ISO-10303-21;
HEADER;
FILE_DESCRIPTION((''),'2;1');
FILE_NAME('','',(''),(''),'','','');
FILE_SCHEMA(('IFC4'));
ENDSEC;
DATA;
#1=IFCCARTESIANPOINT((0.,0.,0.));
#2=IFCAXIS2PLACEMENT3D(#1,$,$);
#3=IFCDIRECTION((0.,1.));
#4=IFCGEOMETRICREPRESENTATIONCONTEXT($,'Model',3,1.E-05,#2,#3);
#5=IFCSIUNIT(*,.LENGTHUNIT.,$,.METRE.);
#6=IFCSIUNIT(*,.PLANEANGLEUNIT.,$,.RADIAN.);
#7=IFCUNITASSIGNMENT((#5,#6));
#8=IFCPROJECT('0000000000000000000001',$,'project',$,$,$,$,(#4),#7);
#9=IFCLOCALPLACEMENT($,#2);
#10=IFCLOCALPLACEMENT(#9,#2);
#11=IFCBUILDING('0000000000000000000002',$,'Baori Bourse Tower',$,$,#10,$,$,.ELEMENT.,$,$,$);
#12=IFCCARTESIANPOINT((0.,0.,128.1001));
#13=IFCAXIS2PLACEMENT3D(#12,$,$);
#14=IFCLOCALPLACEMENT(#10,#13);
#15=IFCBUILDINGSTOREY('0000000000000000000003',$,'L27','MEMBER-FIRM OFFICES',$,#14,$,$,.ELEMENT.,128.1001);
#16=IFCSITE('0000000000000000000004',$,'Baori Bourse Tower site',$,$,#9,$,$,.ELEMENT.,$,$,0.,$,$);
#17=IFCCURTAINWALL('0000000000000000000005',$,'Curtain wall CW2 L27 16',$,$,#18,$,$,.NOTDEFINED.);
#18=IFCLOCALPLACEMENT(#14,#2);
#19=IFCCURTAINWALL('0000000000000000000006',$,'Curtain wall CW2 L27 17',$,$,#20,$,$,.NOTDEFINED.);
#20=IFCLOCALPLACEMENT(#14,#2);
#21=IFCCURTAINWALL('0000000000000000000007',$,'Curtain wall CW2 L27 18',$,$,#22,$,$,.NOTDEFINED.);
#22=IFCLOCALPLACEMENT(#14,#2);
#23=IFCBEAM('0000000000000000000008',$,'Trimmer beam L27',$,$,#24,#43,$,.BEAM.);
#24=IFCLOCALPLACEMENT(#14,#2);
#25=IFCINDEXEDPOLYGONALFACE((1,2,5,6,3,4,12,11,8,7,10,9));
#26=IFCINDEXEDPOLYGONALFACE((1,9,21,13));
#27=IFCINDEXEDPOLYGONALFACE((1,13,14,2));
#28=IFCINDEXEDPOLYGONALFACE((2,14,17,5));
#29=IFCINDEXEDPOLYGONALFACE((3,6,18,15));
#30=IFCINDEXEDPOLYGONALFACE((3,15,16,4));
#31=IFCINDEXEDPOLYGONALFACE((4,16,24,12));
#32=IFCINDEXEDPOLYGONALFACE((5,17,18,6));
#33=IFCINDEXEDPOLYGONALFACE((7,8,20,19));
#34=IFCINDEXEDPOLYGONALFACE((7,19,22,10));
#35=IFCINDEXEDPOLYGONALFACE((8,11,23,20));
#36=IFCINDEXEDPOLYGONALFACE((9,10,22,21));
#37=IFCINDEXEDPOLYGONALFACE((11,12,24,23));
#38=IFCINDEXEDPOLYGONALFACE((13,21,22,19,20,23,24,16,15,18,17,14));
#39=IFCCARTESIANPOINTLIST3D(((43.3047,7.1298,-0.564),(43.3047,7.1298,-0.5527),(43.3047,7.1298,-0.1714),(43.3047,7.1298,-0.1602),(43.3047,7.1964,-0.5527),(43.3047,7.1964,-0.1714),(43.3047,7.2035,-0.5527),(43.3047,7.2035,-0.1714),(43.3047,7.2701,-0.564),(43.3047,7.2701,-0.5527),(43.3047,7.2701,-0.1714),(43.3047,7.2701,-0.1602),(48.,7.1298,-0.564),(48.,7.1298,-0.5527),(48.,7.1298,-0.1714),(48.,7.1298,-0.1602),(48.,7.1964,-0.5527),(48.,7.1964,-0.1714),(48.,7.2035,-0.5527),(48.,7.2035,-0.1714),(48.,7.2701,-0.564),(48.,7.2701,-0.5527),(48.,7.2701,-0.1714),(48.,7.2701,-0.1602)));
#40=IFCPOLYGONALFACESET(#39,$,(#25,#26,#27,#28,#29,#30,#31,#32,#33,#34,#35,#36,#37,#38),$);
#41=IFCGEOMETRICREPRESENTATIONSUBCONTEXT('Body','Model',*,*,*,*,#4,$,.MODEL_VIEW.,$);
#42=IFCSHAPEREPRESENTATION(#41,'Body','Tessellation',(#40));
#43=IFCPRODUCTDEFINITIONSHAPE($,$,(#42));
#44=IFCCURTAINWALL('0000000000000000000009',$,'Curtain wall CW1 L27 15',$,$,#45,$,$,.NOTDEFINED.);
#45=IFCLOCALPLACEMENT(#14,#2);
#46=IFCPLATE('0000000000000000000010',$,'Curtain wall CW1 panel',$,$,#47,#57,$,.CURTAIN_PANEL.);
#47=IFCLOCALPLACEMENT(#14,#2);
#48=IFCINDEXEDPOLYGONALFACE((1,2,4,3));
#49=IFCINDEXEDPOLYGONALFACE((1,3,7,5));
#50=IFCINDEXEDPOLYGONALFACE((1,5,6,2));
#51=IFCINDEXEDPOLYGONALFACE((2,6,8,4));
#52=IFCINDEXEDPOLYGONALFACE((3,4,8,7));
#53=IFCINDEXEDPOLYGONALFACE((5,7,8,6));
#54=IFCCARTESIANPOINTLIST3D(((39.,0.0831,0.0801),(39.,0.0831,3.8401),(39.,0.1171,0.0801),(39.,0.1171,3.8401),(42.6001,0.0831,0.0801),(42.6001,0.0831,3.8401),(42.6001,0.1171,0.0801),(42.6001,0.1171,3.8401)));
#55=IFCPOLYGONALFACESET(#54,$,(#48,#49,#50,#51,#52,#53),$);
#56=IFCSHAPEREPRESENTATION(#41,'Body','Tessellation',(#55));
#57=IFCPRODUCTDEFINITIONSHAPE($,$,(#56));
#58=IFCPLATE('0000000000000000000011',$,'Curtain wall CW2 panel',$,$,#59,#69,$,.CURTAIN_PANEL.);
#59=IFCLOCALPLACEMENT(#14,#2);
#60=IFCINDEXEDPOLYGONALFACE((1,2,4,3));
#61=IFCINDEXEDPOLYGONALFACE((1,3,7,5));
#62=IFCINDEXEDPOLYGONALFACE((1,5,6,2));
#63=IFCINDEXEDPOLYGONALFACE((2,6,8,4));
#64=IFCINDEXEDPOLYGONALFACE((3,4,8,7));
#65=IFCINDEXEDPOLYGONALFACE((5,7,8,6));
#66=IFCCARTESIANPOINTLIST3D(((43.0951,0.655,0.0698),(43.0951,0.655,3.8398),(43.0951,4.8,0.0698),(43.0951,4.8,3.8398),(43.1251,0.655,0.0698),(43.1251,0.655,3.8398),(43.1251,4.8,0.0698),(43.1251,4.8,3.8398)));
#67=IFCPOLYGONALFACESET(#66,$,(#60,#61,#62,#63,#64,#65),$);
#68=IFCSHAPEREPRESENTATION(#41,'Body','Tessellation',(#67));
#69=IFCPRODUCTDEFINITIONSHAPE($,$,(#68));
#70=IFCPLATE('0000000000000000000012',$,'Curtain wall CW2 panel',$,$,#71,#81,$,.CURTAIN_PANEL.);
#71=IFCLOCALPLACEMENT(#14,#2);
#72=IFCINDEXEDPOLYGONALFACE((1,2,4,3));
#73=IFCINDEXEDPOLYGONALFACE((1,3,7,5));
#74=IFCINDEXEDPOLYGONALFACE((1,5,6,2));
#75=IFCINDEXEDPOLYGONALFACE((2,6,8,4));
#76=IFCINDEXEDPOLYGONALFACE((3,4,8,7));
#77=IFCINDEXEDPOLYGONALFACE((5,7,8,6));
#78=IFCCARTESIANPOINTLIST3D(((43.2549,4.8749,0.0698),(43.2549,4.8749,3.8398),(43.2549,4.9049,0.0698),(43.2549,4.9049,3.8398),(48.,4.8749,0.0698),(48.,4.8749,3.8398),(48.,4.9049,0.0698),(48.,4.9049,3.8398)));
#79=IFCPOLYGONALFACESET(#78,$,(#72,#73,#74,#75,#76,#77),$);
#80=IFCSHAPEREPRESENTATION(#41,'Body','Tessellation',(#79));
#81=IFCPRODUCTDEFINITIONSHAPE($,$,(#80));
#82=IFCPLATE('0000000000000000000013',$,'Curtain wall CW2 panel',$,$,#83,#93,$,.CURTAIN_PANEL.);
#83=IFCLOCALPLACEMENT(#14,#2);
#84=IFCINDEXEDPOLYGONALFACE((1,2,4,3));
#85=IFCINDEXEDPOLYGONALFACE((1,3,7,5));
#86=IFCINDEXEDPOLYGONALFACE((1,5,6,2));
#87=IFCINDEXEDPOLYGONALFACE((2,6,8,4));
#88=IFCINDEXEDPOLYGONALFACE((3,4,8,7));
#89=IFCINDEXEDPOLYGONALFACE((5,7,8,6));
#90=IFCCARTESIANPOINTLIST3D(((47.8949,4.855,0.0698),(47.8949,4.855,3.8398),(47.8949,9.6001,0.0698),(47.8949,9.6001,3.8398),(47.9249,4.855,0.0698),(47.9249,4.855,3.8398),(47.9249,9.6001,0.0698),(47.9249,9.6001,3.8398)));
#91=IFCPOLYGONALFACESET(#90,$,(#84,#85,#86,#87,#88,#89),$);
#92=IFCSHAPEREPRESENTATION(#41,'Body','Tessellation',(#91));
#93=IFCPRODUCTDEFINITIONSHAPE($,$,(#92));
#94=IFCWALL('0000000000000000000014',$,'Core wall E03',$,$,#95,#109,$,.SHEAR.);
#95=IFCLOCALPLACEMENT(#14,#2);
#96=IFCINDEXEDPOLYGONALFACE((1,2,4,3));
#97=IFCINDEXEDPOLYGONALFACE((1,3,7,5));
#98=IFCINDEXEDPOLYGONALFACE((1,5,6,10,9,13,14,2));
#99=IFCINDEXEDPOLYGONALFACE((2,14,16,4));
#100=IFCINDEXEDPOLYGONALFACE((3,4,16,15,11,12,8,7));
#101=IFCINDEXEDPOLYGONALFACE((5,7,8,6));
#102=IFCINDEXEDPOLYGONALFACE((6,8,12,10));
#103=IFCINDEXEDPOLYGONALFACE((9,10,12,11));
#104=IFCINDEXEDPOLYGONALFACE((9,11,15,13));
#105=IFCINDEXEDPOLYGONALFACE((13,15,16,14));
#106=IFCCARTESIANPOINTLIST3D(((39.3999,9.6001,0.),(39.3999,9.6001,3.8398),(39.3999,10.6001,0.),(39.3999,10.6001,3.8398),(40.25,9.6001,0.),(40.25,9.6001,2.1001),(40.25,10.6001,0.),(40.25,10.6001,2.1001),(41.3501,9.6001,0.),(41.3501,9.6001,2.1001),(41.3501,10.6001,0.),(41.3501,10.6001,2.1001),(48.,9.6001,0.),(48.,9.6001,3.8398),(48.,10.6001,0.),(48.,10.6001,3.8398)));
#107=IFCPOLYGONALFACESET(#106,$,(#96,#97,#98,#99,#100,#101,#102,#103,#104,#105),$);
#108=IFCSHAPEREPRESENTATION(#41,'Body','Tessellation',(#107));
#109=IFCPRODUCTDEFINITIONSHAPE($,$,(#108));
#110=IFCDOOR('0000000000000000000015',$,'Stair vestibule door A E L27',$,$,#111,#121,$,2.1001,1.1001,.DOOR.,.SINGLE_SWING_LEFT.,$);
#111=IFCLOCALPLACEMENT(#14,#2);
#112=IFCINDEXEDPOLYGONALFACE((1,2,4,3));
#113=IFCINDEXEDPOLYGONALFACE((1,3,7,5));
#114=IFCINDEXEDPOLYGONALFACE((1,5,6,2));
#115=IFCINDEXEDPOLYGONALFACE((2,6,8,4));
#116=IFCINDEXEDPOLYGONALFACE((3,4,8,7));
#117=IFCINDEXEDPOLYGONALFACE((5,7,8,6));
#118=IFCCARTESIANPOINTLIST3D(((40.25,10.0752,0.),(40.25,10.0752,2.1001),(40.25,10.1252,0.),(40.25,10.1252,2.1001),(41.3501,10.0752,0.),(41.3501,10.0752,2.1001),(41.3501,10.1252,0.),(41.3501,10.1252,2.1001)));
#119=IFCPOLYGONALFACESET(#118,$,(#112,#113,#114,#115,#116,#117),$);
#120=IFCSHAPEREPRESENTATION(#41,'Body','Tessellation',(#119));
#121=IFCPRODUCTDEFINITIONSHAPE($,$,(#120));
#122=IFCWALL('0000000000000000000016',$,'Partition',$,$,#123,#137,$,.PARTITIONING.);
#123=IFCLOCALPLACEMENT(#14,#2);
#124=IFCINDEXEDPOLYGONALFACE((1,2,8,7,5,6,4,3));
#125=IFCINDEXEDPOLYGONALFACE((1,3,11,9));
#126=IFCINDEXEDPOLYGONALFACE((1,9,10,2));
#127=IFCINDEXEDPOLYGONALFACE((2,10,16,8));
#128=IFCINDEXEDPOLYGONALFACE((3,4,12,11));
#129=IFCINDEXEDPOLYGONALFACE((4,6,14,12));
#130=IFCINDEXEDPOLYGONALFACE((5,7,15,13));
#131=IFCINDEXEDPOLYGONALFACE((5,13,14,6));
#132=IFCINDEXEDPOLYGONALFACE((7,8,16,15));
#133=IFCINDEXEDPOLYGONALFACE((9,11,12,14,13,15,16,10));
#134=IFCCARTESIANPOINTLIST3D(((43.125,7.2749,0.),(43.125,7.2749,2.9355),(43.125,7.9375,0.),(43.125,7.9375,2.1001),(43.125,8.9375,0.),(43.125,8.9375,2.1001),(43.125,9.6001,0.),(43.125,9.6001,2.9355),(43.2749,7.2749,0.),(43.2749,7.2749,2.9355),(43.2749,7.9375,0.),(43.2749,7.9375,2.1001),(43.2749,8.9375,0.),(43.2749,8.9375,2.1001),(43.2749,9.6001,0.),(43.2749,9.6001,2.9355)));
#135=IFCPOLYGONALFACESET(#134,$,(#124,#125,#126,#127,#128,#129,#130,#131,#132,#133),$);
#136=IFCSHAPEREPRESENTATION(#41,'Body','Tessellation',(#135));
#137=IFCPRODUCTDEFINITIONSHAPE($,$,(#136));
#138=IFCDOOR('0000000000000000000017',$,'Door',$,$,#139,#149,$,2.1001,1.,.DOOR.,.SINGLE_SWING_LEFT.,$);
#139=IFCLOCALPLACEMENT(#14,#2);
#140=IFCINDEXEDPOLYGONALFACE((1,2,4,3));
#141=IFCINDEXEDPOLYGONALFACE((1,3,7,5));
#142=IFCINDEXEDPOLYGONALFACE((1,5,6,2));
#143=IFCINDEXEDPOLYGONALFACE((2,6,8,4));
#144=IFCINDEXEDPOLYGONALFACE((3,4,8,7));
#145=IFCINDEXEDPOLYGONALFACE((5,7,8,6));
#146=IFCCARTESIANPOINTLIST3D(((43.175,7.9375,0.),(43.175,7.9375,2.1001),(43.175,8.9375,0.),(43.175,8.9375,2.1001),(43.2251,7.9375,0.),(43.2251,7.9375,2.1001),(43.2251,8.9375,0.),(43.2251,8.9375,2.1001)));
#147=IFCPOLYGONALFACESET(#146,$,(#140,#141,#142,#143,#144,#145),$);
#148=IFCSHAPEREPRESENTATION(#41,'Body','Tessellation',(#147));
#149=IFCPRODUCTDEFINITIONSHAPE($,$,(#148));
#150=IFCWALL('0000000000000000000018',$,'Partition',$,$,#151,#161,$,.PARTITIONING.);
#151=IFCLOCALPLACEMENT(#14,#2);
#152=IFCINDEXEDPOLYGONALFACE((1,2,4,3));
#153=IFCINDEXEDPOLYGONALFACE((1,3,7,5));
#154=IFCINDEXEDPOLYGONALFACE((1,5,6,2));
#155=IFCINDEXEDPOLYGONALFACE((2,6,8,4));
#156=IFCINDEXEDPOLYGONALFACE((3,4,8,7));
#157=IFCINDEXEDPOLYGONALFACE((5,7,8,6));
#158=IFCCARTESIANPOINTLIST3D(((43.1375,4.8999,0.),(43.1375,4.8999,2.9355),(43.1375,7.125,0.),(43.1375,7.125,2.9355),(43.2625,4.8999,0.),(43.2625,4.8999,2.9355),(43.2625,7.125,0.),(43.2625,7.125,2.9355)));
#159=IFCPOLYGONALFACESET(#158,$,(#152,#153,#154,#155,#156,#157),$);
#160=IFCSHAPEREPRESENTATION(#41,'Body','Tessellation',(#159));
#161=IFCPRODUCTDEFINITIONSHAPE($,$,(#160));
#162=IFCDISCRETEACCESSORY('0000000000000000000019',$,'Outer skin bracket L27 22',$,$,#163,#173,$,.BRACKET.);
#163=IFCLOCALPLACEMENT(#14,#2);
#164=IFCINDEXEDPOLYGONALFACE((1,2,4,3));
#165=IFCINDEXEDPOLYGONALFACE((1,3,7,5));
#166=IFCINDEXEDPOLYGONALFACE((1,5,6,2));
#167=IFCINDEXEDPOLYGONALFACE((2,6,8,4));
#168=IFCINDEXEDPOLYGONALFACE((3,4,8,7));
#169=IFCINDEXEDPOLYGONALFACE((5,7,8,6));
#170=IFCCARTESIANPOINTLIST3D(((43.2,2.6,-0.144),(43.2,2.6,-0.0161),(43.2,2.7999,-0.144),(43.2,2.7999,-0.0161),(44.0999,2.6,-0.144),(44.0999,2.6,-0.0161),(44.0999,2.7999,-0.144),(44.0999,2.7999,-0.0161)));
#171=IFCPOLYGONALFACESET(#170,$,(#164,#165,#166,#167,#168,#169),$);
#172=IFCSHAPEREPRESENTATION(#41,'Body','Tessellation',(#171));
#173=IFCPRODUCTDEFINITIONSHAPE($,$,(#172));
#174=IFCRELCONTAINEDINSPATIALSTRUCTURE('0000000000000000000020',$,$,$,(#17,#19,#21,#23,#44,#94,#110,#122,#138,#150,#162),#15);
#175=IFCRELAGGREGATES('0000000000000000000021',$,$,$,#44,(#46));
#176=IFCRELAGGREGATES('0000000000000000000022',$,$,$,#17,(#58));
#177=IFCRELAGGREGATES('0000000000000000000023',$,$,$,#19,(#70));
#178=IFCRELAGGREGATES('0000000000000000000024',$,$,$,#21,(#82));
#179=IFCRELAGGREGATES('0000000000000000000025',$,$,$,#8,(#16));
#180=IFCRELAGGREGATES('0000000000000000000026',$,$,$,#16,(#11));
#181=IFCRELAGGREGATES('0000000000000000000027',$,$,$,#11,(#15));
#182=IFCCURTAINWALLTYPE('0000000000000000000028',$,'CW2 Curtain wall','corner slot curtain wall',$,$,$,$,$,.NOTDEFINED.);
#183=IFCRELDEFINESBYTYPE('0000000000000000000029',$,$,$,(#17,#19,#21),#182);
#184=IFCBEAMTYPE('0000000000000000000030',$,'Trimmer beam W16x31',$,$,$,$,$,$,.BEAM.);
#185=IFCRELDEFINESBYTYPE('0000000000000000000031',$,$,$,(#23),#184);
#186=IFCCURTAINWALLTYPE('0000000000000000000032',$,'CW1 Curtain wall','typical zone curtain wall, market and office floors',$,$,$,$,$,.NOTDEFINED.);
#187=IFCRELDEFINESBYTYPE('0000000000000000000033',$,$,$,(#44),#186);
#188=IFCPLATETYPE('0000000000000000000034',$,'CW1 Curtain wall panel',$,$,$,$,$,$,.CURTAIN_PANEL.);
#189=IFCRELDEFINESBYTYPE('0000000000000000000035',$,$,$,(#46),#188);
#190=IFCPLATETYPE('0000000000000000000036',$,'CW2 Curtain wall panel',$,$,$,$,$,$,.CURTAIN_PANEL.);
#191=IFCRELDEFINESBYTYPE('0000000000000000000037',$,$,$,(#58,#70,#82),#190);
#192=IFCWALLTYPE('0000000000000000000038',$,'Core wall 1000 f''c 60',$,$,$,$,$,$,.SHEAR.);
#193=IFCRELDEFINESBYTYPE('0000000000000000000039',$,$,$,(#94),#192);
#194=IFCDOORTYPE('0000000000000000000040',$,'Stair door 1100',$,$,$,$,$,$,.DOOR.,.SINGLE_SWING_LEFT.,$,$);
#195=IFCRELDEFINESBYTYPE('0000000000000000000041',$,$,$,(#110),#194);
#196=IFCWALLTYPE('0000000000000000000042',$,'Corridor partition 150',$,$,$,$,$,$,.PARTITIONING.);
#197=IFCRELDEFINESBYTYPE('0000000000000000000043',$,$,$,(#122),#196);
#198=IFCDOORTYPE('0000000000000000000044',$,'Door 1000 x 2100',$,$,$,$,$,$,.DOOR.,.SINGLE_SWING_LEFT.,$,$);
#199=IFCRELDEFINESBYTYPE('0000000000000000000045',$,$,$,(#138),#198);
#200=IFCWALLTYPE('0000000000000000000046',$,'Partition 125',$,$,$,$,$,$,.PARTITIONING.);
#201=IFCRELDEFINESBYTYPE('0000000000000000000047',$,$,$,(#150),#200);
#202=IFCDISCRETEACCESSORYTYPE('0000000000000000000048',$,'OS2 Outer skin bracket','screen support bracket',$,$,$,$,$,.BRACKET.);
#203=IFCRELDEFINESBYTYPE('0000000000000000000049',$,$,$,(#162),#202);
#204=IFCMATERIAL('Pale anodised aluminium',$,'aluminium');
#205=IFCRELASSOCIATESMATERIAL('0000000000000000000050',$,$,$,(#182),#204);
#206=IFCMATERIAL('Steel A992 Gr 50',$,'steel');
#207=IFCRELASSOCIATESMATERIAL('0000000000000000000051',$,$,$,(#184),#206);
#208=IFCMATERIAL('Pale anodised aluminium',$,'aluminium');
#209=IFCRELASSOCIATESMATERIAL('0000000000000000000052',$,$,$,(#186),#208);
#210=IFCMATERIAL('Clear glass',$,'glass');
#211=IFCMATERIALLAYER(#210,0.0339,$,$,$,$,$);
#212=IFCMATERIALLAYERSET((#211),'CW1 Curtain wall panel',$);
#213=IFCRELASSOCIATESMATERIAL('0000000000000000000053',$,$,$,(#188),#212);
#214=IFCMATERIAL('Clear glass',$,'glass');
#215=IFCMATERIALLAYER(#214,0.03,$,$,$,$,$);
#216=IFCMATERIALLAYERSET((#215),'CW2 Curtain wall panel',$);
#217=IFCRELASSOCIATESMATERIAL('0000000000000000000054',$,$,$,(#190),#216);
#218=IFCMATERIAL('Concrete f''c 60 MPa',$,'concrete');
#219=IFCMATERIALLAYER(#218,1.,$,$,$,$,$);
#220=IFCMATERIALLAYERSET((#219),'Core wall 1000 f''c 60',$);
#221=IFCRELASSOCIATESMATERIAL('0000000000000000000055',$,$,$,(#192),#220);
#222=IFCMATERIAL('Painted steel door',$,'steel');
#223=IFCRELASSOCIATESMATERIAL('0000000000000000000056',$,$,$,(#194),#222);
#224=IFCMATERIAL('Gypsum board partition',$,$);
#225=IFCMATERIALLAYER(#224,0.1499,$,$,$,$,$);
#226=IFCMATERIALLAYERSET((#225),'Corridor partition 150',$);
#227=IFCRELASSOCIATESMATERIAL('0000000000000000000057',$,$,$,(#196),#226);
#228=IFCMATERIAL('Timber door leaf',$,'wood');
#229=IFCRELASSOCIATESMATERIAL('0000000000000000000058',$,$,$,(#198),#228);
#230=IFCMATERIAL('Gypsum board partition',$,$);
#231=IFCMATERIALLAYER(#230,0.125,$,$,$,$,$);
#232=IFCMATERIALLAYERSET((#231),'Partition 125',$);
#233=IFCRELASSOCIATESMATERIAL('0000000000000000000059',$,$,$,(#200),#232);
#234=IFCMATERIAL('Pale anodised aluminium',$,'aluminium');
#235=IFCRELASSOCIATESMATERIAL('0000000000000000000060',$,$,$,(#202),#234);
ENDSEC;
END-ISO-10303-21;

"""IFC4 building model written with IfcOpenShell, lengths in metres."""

from ifc_helpers import new_model, si_unit, direction, frame, frame_2d, origin, origin_2d, place, context, subcontext, project, spatial, rectangle, i_section, extrude, material, layer, layer_set, material_profile, profile_set, type_object, element, fill, aggregate, save


model = new_model("IFC4")

# Units and contexts
model_context = context("Model", 3, precision=1e-05, world=origin(), true_north=direction((0.0, 1.0)))
body_context = subcontext(model_context, "Body", "Model", "MODEL_VIEW")
ifc_project = project(units=[si_unit("LENGTHUNIT", "METRE"), si_unit("PLANEANGLEUNIT", "RADIAN")], contexts=[model_context])

# Site, building, storey
site_placement = place(None, origin())
site = spatial("IfcSite", under=ifc_project, at=site_placement, Name="Baori Bourse Tower site", CompositionType="ELEMENT", RefElevation=0.0)
building_placement = place(site_placement, origin())
building = spatial("IfcBuilding", under=site, at=building_placement, Name="Baori Bourse Tower", CompositionType="ELEMENT")
storey_placement = place(building_placement, frame((0.0, 0.0, 128.1001)))
storey = spatial("IfcBuildingStorey", under=building, at=storey_placement, Name="L27", Description="MEMBER-FIRM OFFICES", CompositionType="ELEMENT", Elevation=128.1001)

# Curtain walls
ifc_material_1 = material(Name="Pale anodised aluminium", Category="aluminium")
curtain_wall_type_1 = type_object("IfcCurtainWallType", Name="CW2 Curtain wall", Description="corner slot curtain wall", PredefinedType="NOTDEFINED", material=ifc_material_1)
curtain_wall_1_placement = place(storey_placement, origin())
curtain_wall_1 = element("IfcCurtainWall", 1, at=curtain_wall_1_placement, inside=storey, type_object=curtain_wall_type_1, Name="Curtain wall CW2 L27 16", PredefinedType="NOTDEFINED")
curtain_wall_2_placement = place(storey_placement, origin())
curtain_wall_2 = element("IfcCurtainWall", 2, at=curtain_wall_2_placement, inside=storey, type_object=curtain_wall_type_1, Name="Curtain wall CW2 L27 17", PredefinedType="NOTDEFINED")
curtain_wall_3_placement = place(storey_placement, origin())
curtain_wall_3 = element("IfcCurtainWall", 3, at=curtain_wall_3_placement, inside=storey, type_object=curtain_wall_type_1, Name="Curtain wall CW2 L27 18", PredefinedType="NOTDEFINED")

# Beam
ifc_material_2 = material(Name="Steel A992 Gr 50", Category="steel")
ifc_material_profile_1 = material_profile(ifc_material_2, i_section(OverallWidth=0.1404, OverallDepth=0.4038, WebThickness=0.0071, FlangeThickness=0.0112, at=origin_2d()), Name="W16x31")
ifc_profile_set_1 = profile_set([ifc_material_profile_1], Name="Steel A992 Gr 50")
beam_type_1 = type_object("IfcBeamType", Name="Trimmer beam W16x31", PredefinedType="BEAM", material=ifc_profile_set_1)
beam_1_placement = place(storey_placement, frame((43.3047, 7.2, -0.3621), z_axis=(1.0, 0.0, 0.0), x_axis=(0.0, 1.0, 0.0)))
element("IfcBeam", 4, at=beam_1_placement, inside=storey, type_object=beam_type_1, Name="Trimmer beam L27", PredefinedType="BEAM", context=body_context, shape_type="SweptSolid", body=[
    extrude(i_section(OverallWidth=0.1404, OverallDepth=0.4038, WebThickness=0.0071, FlangeThickness=0.0112, at=origin_2d()), origin(), (0.0, 0.0, 1.0), 4.6953),
])

# Curtain wall, plate
ifc_material_3 = material(Name="Pale anodised aluminium", Category="aluminium")
curtain_wall_type_2 = type_object("IfcCurtainWallType", Name="CW1 Curtain wall", Description="typical zone curtain wall, market and office floors", PredefinedType="NOTDEFINED", material=ifc_material_3)
curtain_wall_4_placement = place(storey_placement, origin())
curtain_wall_4 = element("IfcCurtainWall", 5, at=curtain_wall_4_placement, inside=storey, type_object=curtain_wall_type_2, Name="Curtain wall CW1 L27 15", PredefinedType="NOTDEFINED")
ifc_material_4 = material(Name="Clear glass", Category="glass")
ifc_layer_1 = layer(ifc_material_4, 0.0339)
ifc_layer_set_1 = layer_set([ifc_layer_1], Name="CW1 Curtain wall panel")
plate_type_1 = type_object("IfcPlateType", Name="CW1 Curtain wall panel", PredefinedType="CURTAIN_PANEL", material=ifc_layer_set_1)
plate_1_placement = place(storey_placement, frame((40.8, 0.1001, 0.0801), z_axis=(0.0, 0.0, 1.0), x_axis=(1.0, 0.0, 0.0)))
plate_1 = element("IfcPlate", 6, at=plate_1_placement, type_object=plate_type_1, Name="Curtain wall CW1 panel", PredefinedType="CURTAIN_PANEL", context=body_context, shape_type="SweptSolid", body=[
    extrude(rectangle(XDim=3.6001, YDim=0.0339, at=origin_2d()), origin(), (0.0, 0.0, 1.0), 3.76),
])
aggregate(curtain_wall_4, [plate_1])

# Plates
ifc_material_5 = material(Name="Clear glass", Category="glass")
ifc_layer_2 = layer(ifc_material_5, 0.03)
ifc_layer_set_2 = layer_set([ifc_layer_2], Name="CW2 Curtain wall panel")
plate_type_2 = type_object("IfcPlateType", Name="CW2 Curtain wall panel", PredefinedType="CURTAIN_PANEL", material=ifc_layer_set_2)
plate_2_placement = place(storey_placement, frame((43.1101, 2.7275, 0.0698), z_axis=(0.0, 0.0, 1.0), x_axis=(0.0, 1.0, 0.0)))
plate_2 = element("IfcPlate", 7, at=plate_2_placement, type_object=plate_type_2, Name="Curtain wall CW2 panel", PredefinedType="CURTAIN_PANEL", context=body_context, shape_type="SweptSolid", body=[
    extrude(rectangle(XDim=4.145, YDim=0.03, at=origin_2d()), origin(), (0.0, 0.0, 1.0), 3.77),
])
aggregate(curtain_wall_1, [plate_2])
plate_3_placement = place(storey_placement, frame((45.6274, 4.8899, 0.0698), z_axis=(0.0, 0.0, 1.0), x_axis=(1.0, 0.0, 0.0)))
plate_3 = element("IfcPlate", 8, at=plate_3_placement, type_object=plate_type_2, Name="Curtain wall CW2 panel", PredefinedType="CURTAIN_PANEL", context=body_context, shape_type="SweptSolid", body=[
    extrude(rectangle(XDim=4.7451, YDim=0.03, at=origin_2d()), origin(), (0.0, 0.0, 1.0), 3.77),
])
aggregate(curtain_wall_2, [plate_3])
plate_4_placement = place(storey_placement, frame((47.9099, 7.2275, 0.0698), z_axis=(0.0, 0.0, 1.0), x_axis=(0.0, 1.0, 0.0)))
plate_4 = element("IfcPlate", 9, at=plate_4_placement, type_object=plate_type_2, Name="Curtain wall CW2 panel", PredefinedType="CURTAIN_PANEL", context=body_context, shape_type="SweptSolid", body=[
    extrude(rectangle(XDim=4.7451, YDim=0.03, at=origin_2d()), origin(), (0.0, 0.0, 1.0), 3.77),
])
aggregate(curtain_wall_3, [plate_4])

# Walls, openings, doors
ifc_material_6 = material(Name="Concrete f'c 60 MPa", Category="concrete")
ifc_layer_3 = layer(ifc_material_6, 1.0)
ifc_layer_set_3 = layer_set([ifc_layer_3], Name="Core wall 1000 f'c 60")
wall_type_1 = type_object("IfcWallType", Name="Core wall 1000 f'c 60", PredefinedType="SHEAR", material=ifc_layer_set_3)
wall_1_placement = place(storey_placement, frame((48.0, 10.1001, 0.0), z_axis=(0.0, 0.0, 1.0), x_axis=(-1.0, 0.0, 0.0)))
wall_1 = element("IfcWall", 10, at=wall_1_placement, inside=storey, type_object=wall_type_1, Name="Core wall E03", PredefinedType="SHEAR", context=body_context, shape_type="SweptSolid", body=[
    extrude(rectangle(XDim=8.6001, YDim=1.0, at=frame_2d((4.3, 0.0))), origin(), (0.0, 0.0, 1.0), 3.8398),
])
opening_1_placement = place(wall_1_placement, frame((6.6499, 0.0, 0.0)))
opening_1 = element("IfcOpeningElement", 11, at=opening_1_placement, cuts=wall_1, PredefinedType="OPENING", context=body_context, shape_type="SweptSolid", body=[
    extrude(rectangle(XDim=1.1001, YDim=2.1001, at=frame_2d((0.55, 1.05))), frame((0.0, 0.51, 0.0), z_axis=(0.0, -1.0, 0.0), x_axis=(1.0, 0.0, 0.0)), (0.0, 0.0, 1.0), 1.02),
])
ifc_material_7 = material(Name="Painted steel door", Category="steel")
door_type_1 = type_object("IfcDoorType", Name="Stair door 1100", OperationType="SINGLE_SWING_LEFT", PredefinedType="DOOR", material=ifc_material_7)
door_1_placement = place(opening_1_placement, origin())
door_1 = element("IfcDoor", 12, at=door_1_placement, inside=storey, type_object=door_type_1, Name="Stair vestibule door A E L27", OperationType="SINGLE_SWING_LEFT", OverallHeight=2.1001, OverallWidth=1.1001, PredefinedType="DOOR", context=body_context, shape_type="SweptSolid", body=[
    extrude(rectangle(XDim=1.1001, YDim=2.1001, at=frame_2d((0.55, 1.05))), frame((0.0, 0.0249, 0.0), z_axis=(0.0, -1.0, 0.0), x_axis=(1.0, 0.0, 0.0)), (0.0, 0.0, 1.0), 0.05),
])
fill(opening_1, door_1)
ifc_material_8 = material(Name="Gypsum board partition")
ifc_layer_4 = layer(ifc_material_8, 0.1499)
ifc_layer_set_4 = layer_set([ifc_layer_4], Name="Corridor partition 150")
wall_type_2 = type_object("IfcWallType", Name="Corridor partition 150", PredefinedType="PARTITIONING", material=ifc_layer_set_4)
wall_2_placement = place(storey_placement, frame((43.2, 7.2749, 0.0), z_axis=(0.0, 0.0, 1.0), x_axis=(0.0, 1.0, 0.0)))
wall_2 = element("IfcWall", 13, at=wall_2_placement, inside=storey, type_object=wall_type_2, Name="Partition", PredefinedType="PARTITIONING", context=body_context, shape_type="SweptSolid", body=[
    extrude(rectangle(XDim=2.3252, YDim=0.1499, at=frame_2d((1.1626, 0.0))), origin(), (0.0, 0.0, 1.0), 2.9355),
])
opening_2_placement = place(wall_2_placement, frame((0.6626, 0.0, 0.0)))
opening_2 = element("IfcOpeningElement", 14, at=opening_2_placement, cuts=wall_2, PredefinedType="OPENING", context=body_context, shape_type="SweptSolid", body=[
    extrude(rectangle(XDim=1.0, YDim=2.1001, at=frame_2d((0.5, 1.05))), frame((0.0, 0.085, 0.0), z_axis=(0.0, -1.0, 0.0), x_axis=(1.0, 0.0, 0.0)), (0.0, 0.0, 1.0), 0.1699),
])
ifc_material_9 = material(Name="Timber door leaf", Category="wood")
door_type_2 = type_object("IfcDoorType", Name="Door 1000 x 2100", OperationType="SINGLE_SWING_LEFT", PredefinedType="DOOR", material=ifc_material_9)
door_2_placement = place(opening_2_placement, origin())
door_2 = element("IfcDoor", 15, at=door_2_placement, inside=storey, type_object=door_type_2, Name="Door", OperationType="SINGLE_SWING_LEFT", OverallHeight=2.1001, OverallWidth=1.0, PredefinedType="DOOR", context=body_context, shape_type="SweptSolid", body=[
    extrude(rectangle(XDim=1.0, YDim=2.1001, at=frame_2d((0.5, 1.05))), frame((0.0, 0.0249, 0.0), z_axis=(0.0, -1.0, 0.0), x_axis=(1.0, 0.0, 0.0)), (0.0, 0.0, 1.0), 0.05),
])
fill(opening_2, door_2)

# Wall
ifc_material_10 = material(Name="Gypsum board partition")
ifc_layer_5 = layer(ifc_material_10, 0.125)
ifc_layer_set_5 = layer_set([ifc_layer_5], Name="Partition 125")
wall_type_3 = type_object("IfcWallType", Name="Partition 125", PredefinedType="PARTITIONING", material=ifc_layer_set_5)
wall_3_placement = place(storey_placement, frame((43.2, 4.8999, 0.0), z_axis=(0.0, 0.0, 1.0), x_axis=(0.0, 1.0, 0.0)))
element("IfcWall", 16, at=wall_3_placement, inside=storey, type_object=wall_type_3, Name="Partition", PredefinedType="PARTITIONING", context=body_context, shape_type="SweptSolid", body=[
    extrude(rectangle(XDim=2.2251, YDim=0.125, at=frame_2d((1.1125, 0.0))), origin(), (0.0, 0.0, 1.0), 2.9355),
])

# Discrete accessory
ifc_material_11 = material(Name="Pale anodised aluminium", Category="aluminium")
discrete_accessory_type = type_object("IfcDiscreteAccessoryType", Name="OS2 Outer skin bracket", Description="screen support bracket", PredefinedType="BRACKET", material=ifc_material_11)
for number, where, z_axis, x_axis, name in (
    (17, (43.6499, 2.7, -0.144), (0.0, 0.0, 1.0), (0.0, 1.0, 0.0), "Outer skin bracket L27 22"),
):
    element("IfcDiscreteAccessory", number, at=place(storey_placement, frame(where, z_axis=z_axis, x_axis=x_axis)), inside=storey, type_object=discrete_accessory_type, Name=name, PredefinedType="BRACKET", context=body_context, shape_type="SweptSolid", body=[
        extrude(rectangle(XDim=0.2, YDim=0.8999, at=origin_2d()), origin(), (0.0, 0.0, 1.0), 0.1279),
    ])

save(model, "model.ifc")
